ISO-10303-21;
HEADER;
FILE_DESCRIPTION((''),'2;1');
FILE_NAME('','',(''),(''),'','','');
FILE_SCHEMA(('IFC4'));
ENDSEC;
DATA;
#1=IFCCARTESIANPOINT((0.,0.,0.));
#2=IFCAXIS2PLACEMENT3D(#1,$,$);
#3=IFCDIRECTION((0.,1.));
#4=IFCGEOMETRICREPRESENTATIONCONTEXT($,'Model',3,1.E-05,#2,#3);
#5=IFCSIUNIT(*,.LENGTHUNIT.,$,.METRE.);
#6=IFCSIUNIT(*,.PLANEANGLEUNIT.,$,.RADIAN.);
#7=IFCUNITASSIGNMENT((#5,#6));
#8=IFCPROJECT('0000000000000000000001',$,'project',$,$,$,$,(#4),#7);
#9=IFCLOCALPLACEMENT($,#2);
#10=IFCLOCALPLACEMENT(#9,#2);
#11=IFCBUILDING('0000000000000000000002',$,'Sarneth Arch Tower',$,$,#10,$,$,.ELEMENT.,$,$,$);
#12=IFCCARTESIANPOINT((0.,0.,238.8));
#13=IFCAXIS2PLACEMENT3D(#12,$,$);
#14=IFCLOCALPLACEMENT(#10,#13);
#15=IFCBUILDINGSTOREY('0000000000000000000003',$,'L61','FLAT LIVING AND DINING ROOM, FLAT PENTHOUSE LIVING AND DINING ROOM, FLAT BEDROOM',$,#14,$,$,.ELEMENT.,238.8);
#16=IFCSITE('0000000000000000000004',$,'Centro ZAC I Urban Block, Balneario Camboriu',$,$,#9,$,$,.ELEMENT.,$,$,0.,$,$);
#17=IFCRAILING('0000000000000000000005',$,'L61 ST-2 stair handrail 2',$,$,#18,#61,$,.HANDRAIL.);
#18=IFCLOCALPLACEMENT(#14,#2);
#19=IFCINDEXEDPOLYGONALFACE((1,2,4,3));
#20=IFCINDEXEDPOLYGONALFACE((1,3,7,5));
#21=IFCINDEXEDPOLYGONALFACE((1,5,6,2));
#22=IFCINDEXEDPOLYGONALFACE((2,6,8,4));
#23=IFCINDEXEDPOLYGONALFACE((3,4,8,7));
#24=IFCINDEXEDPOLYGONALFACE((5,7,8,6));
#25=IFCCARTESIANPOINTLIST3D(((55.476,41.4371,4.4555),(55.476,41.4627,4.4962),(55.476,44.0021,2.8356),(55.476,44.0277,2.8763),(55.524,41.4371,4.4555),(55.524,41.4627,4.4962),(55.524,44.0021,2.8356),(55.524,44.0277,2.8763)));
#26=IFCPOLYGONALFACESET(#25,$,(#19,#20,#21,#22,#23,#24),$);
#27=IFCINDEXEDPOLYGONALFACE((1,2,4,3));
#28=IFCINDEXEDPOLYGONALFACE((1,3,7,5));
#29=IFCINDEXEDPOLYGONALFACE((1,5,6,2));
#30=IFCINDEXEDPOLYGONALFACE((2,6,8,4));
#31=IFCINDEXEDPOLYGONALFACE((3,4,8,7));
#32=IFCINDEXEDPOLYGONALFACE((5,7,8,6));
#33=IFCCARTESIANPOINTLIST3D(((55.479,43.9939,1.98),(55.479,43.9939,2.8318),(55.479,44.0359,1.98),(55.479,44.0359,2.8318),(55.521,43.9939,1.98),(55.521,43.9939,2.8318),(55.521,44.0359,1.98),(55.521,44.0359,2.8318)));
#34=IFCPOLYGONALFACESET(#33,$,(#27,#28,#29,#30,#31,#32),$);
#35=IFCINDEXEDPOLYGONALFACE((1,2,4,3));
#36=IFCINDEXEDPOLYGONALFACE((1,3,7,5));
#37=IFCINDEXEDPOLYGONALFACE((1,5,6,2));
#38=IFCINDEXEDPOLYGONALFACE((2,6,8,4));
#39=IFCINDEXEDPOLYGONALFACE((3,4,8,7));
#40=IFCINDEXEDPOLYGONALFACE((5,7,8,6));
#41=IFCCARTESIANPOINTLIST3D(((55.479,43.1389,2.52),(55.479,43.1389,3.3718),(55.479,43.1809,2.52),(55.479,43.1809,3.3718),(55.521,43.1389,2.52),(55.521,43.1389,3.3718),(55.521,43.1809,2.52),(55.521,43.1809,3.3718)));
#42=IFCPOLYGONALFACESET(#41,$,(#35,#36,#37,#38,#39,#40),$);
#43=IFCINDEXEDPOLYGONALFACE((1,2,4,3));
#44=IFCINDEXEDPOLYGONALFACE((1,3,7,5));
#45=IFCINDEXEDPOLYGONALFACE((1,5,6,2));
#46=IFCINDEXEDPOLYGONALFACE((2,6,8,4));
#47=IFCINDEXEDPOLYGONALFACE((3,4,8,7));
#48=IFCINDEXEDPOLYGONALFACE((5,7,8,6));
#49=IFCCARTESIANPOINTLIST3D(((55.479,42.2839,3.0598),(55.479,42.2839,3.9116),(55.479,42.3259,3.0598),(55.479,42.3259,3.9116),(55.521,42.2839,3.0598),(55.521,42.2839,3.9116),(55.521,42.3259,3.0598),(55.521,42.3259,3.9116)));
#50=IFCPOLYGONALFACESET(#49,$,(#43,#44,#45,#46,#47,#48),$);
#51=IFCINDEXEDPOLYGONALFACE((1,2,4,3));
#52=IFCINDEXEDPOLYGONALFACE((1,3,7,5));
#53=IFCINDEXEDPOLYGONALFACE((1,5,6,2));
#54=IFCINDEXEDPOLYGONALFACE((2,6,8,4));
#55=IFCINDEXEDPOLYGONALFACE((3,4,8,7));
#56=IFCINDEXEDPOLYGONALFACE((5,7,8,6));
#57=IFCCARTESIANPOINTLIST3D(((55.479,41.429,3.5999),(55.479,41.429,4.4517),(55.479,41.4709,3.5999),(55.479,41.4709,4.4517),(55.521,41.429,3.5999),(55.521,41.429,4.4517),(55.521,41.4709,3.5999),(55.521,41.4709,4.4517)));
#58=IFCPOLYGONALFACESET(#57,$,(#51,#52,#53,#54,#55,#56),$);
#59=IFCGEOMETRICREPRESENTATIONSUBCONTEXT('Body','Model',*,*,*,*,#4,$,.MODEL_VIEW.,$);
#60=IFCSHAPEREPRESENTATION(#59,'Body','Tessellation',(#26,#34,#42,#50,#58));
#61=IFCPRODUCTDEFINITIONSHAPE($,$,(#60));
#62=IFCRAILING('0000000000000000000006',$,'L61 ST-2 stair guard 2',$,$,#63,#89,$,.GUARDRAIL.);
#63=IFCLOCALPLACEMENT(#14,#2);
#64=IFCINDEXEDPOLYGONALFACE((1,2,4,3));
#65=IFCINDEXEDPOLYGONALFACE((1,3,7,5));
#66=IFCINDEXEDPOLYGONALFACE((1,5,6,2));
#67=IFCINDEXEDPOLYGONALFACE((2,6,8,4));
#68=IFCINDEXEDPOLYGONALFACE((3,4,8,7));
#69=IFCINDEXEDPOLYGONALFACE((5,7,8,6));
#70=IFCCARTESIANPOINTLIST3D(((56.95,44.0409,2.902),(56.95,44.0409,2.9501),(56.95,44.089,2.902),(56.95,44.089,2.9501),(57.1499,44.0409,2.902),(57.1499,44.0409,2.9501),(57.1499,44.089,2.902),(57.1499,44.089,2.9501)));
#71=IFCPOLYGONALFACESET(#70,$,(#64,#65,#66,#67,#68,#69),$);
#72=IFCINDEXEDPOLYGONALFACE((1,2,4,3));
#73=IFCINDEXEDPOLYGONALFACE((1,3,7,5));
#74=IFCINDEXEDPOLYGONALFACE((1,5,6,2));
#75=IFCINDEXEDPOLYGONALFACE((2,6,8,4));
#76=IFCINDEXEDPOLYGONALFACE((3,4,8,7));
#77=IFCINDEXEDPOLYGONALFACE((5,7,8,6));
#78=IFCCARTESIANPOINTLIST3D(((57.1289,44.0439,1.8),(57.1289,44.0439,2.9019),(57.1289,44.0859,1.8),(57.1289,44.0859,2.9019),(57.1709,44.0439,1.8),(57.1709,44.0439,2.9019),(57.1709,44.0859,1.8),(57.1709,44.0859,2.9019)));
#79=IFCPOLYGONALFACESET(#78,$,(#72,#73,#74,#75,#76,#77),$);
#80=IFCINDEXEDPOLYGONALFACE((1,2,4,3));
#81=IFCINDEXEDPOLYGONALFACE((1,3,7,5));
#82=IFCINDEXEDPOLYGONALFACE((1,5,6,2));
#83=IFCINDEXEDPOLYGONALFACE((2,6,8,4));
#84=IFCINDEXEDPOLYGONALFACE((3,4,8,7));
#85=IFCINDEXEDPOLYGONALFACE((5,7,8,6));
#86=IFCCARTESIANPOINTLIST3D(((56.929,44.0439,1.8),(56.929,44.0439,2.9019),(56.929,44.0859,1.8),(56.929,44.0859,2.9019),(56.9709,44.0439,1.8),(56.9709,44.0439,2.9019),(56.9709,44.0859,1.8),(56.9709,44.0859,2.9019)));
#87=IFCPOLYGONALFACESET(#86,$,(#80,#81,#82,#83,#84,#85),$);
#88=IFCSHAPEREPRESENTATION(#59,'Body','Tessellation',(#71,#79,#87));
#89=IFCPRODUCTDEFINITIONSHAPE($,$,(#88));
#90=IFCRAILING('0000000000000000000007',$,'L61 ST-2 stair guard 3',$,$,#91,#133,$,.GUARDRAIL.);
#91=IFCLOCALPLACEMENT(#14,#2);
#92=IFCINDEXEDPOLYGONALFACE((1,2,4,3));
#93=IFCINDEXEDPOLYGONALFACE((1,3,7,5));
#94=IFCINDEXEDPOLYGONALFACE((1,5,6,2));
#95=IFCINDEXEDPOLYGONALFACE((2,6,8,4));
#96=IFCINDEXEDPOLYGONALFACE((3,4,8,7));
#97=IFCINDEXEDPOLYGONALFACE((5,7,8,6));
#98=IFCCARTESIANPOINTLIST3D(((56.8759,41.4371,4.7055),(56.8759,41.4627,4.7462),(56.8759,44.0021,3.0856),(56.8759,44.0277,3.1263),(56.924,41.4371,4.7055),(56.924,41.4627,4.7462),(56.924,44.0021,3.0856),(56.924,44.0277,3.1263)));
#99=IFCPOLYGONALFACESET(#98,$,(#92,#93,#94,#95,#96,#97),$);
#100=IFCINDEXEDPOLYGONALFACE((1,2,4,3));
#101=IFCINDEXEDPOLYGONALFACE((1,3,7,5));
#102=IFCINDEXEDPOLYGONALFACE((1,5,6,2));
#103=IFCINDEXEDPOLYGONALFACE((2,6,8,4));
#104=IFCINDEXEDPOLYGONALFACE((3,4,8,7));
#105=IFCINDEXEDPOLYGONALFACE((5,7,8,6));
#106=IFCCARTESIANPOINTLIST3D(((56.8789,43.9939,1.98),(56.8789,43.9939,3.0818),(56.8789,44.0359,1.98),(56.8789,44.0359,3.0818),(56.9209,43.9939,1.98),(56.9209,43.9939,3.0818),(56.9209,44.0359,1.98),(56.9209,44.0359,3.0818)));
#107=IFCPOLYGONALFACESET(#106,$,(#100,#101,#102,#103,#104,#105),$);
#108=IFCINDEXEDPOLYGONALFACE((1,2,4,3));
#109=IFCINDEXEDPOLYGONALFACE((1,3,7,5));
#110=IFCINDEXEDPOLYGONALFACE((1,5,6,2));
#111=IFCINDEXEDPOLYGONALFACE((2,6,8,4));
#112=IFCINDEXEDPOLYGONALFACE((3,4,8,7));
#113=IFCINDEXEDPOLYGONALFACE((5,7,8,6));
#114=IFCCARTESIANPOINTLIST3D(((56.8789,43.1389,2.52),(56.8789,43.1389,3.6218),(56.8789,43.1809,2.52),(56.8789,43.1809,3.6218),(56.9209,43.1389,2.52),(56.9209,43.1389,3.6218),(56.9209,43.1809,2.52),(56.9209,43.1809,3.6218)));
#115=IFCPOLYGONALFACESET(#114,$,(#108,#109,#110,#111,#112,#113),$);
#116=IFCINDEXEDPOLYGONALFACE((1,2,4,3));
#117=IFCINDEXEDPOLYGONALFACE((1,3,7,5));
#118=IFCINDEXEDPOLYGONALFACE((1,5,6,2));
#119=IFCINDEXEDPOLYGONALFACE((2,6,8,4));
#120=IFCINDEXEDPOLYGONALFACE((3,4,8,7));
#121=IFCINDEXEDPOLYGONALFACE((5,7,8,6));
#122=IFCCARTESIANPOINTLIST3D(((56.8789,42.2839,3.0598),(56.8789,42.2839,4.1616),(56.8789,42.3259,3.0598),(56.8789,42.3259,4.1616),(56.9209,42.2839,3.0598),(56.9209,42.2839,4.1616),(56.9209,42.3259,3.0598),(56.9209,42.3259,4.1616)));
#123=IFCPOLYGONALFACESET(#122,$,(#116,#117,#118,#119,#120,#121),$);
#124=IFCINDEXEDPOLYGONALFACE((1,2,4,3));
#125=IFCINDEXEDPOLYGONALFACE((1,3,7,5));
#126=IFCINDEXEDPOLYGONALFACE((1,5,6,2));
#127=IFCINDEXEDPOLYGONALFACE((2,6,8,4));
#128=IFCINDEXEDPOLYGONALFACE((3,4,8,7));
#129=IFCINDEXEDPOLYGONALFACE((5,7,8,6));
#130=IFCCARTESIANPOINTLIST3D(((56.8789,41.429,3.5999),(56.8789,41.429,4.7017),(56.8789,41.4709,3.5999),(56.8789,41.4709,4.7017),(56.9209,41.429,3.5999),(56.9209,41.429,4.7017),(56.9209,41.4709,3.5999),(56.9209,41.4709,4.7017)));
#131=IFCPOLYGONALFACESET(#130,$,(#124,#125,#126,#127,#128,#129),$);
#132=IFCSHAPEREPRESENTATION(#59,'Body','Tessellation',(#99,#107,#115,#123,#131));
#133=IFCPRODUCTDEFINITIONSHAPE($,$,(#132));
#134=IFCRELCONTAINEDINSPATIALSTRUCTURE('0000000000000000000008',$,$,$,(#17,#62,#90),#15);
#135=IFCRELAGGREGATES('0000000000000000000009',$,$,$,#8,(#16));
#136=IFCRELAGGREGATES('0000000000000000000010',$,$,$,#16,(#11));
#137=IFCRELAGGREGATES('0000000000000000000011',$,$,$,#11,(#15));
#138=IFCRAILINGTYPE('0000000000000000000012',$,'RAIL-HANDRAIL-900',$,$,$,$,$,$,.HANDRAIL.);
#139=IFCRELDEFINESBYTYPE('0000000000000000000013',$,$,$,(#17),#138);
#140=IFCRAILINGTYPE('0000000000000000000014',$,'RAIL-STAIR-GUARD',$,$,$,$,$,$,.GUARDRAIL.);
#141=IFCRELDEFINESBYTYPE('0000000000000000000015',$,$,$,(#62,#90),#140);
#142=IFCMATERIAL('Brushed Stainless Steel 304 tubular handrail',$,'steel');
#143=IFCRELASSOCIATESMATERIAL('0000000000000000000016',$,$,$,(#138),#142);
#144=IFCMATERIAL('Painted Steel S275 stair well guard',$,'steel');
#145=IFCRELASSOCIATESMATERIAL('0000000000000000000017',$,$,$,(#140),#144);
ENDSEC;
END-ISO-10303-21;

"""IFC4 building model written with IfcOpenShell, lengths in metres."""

from ifc_helpers import new_model, si_unit, direction, frame, origin, origin_2d, place, context, subcontext, project, spatial, rectangle, extrude, material, type_object, element, save


model = new_model("IFC4")

# Units and contexts
model_context = context("Model", 3, precision=1e-05, world=origin(), true_north=direction((0.0, 1.0)))
body_context = subcontext(model_context, "Body", "Model", "MODEL_VIEW")
ifc_project = project(units=[si_unit("LENGTHUNIT", "METRE"), si_unit("PLANEANGLEUNIT", "RADIAN")], contexts=[model_context])

# Site, building, storey
site_placement = place(None, origin())
site = spatial("IfcSite", under=ifc_project, at=site_placement, Name="Centro ZAC I Urban Block, Balneario Camboriu", CompositionType="ELEMENT", RefElevation=0.0)
building_placement = place(site_placement, origin())
building = spatial("IfcBuilding", under=site, at=building_placement, Name="Sarneth Arch Tower", CompositionType="ELEMENT")
storey_placement = place(building_placement, frame((0.0, 0.0, 238.8)))
storey = spatial("IfcBuildingStorey", under=building, at=storey_placement, Name="L61", Description="FLAT LIVING AND DINING ROOM, FLAT PENTHOUSE LIVING AND DINING ROOM, FLAT BEDROOM", CompositionType="ELEMENT", Elevation=238.8)

# Railings
ifc_material_1 = material(Name="Brushed Stainless Steel 304 tubular handrail", Category="steel")
railing_type_1 = type_object("IfcRailingType", Name="RAIL-HANDRAIL-900", PredefinedType="HANDRAIL", material=ifc_material_1)
railing_1_placement = place(storey_placement, frame((55.5, 44.0149, 1.98)))
element("IfcRailing", 1, at=railing_1_placement, inside=storey, type_object=railing_type_1, Name="L61 ST-2 stair handrail 2", PredefinedType="HANDRAIL", context=body_context, shape_type="SweptSolid", body=[
    extrude(rectangle(XDim=0.0481, YDim=0.0481, at=origin_2d()), frame((0.0, 0.0, 0.876), z_axis=(0.0, -0.845502, 0.533972), x_axis=(1.0, 0.0, 0.0)), (0.0, 0.0, 1.0), 3.0337),
    extrude(rectangle(XDim=0.042, YDim=0.042, at=origin_2d()), origin(), (0.0, 0.0, 1.0), 0.8518),
    extrude(rectangle(XDim=0.042, YDim=0.042, at=origin_2d()), frame((0.0, -0.855, 0.54)), (0.0, 0.0, 1.0), 0.8518),
    extrude(rectangle(XDim=0.042, YDim=0.042, at=origin_2d()), frame((0.0, -1.71, 1.0798)), (0.0, 0.0, 1.0), 0.8518),
    extrude(rectangle(XDim=0.042, YDim=0.042, at=origin_2d()), frame((0.0, -2.5649, 1.6199)), (0.0, 0.0, 1.0), 0.8518),
])
ifc_material_2 = material(Name="Painted Steel S275 stair well guard", Category="steel")
railing_type_2 = type_object("IfcRailingType", Name="RAIL-STAIR-GUARD", PredefinedType="GUARDRAIL", material=ifc_material_2)
railing_2_placement = place(storey_placement, frame((57.1499, 44.0649, 1.8)))
element("IfcRailing", 2, at=railing_2_placement, inside=storey, type_object=railing_type_2, Name="L61 ST-2 stair guard 2", PredefinedType="GUARDRAIL", context=body_context, shape_type="SweptSolid", body=[
    extrude(rectangle(XDim=0.0481, YDim=0.0481, at=origin_2d()), frame((0.0, 0.0, 1.126), z_axis=(-1.0, 0.0, 0.0), x_axis=(0.0, -1.0, 0.0)), (0.0, 0.0, 1.0), 0.2),
    extrude(rectangle(XDim=0.042, YDim=0.042, at=origin_2d()), origin(), (0.0, 0.0, 1.0), 1.1018),
    extrude(rectangle(XDim=0.042, YDim=0.042, at=origin_2d()), frame((-0.2, 0.0, 0.0)), (0.0, 0.0, 1.0), 1.1018),
])
railing_3_placement = place(storey_placement, frame((56.8999, 44.0149, 1.98)))
element("IfcRailing", 3, at=railing_3_placement, inside=storey, type_object=railing_type_2, Name="L61 ST-2 stair guard 3", PredefinedType="GUARDRAIL", context=body_context, shape_type="SweptSolid", body=[
    extrude(rectangle(XDim=0.0481, YDim=0.0481, at=origin_2d()), frame((0.0, 0.0, 1.126), z_axis=(0.0, -0.845502, 0.533972), x_axis=(1.0, 0.0, 0.0)), (0.0, 0.0, 1.0), 3.0337),
    extrude(rectangle(XDim=0.042, YDim=0.042, at=origin_2d()), origin(), (0.0, 0.0, 1.0), 1.1018),
    extrude(rectangle(XDim=0.042, YDim=0.042, at=origin_2d()), frame((0.0, -0.855, 0.54)), (0.0, 0.0, 1.0), 1.1018),
    extrude(rectangle(XDim=0.042, YDim=0.042, at=origin_2d()), frame((0.0, -1.71, 1.0798)), (0.0, 0.0, 1.0), 1.1018),
    extrude(rectangle(XDim=0.042, YDim=0.042, at=origin_2d()), frame((0.0, -2.5649, 1.6199)), (0.0, 0.0, 1.0), 1.1018),
])

save(model, "model.ifc")
